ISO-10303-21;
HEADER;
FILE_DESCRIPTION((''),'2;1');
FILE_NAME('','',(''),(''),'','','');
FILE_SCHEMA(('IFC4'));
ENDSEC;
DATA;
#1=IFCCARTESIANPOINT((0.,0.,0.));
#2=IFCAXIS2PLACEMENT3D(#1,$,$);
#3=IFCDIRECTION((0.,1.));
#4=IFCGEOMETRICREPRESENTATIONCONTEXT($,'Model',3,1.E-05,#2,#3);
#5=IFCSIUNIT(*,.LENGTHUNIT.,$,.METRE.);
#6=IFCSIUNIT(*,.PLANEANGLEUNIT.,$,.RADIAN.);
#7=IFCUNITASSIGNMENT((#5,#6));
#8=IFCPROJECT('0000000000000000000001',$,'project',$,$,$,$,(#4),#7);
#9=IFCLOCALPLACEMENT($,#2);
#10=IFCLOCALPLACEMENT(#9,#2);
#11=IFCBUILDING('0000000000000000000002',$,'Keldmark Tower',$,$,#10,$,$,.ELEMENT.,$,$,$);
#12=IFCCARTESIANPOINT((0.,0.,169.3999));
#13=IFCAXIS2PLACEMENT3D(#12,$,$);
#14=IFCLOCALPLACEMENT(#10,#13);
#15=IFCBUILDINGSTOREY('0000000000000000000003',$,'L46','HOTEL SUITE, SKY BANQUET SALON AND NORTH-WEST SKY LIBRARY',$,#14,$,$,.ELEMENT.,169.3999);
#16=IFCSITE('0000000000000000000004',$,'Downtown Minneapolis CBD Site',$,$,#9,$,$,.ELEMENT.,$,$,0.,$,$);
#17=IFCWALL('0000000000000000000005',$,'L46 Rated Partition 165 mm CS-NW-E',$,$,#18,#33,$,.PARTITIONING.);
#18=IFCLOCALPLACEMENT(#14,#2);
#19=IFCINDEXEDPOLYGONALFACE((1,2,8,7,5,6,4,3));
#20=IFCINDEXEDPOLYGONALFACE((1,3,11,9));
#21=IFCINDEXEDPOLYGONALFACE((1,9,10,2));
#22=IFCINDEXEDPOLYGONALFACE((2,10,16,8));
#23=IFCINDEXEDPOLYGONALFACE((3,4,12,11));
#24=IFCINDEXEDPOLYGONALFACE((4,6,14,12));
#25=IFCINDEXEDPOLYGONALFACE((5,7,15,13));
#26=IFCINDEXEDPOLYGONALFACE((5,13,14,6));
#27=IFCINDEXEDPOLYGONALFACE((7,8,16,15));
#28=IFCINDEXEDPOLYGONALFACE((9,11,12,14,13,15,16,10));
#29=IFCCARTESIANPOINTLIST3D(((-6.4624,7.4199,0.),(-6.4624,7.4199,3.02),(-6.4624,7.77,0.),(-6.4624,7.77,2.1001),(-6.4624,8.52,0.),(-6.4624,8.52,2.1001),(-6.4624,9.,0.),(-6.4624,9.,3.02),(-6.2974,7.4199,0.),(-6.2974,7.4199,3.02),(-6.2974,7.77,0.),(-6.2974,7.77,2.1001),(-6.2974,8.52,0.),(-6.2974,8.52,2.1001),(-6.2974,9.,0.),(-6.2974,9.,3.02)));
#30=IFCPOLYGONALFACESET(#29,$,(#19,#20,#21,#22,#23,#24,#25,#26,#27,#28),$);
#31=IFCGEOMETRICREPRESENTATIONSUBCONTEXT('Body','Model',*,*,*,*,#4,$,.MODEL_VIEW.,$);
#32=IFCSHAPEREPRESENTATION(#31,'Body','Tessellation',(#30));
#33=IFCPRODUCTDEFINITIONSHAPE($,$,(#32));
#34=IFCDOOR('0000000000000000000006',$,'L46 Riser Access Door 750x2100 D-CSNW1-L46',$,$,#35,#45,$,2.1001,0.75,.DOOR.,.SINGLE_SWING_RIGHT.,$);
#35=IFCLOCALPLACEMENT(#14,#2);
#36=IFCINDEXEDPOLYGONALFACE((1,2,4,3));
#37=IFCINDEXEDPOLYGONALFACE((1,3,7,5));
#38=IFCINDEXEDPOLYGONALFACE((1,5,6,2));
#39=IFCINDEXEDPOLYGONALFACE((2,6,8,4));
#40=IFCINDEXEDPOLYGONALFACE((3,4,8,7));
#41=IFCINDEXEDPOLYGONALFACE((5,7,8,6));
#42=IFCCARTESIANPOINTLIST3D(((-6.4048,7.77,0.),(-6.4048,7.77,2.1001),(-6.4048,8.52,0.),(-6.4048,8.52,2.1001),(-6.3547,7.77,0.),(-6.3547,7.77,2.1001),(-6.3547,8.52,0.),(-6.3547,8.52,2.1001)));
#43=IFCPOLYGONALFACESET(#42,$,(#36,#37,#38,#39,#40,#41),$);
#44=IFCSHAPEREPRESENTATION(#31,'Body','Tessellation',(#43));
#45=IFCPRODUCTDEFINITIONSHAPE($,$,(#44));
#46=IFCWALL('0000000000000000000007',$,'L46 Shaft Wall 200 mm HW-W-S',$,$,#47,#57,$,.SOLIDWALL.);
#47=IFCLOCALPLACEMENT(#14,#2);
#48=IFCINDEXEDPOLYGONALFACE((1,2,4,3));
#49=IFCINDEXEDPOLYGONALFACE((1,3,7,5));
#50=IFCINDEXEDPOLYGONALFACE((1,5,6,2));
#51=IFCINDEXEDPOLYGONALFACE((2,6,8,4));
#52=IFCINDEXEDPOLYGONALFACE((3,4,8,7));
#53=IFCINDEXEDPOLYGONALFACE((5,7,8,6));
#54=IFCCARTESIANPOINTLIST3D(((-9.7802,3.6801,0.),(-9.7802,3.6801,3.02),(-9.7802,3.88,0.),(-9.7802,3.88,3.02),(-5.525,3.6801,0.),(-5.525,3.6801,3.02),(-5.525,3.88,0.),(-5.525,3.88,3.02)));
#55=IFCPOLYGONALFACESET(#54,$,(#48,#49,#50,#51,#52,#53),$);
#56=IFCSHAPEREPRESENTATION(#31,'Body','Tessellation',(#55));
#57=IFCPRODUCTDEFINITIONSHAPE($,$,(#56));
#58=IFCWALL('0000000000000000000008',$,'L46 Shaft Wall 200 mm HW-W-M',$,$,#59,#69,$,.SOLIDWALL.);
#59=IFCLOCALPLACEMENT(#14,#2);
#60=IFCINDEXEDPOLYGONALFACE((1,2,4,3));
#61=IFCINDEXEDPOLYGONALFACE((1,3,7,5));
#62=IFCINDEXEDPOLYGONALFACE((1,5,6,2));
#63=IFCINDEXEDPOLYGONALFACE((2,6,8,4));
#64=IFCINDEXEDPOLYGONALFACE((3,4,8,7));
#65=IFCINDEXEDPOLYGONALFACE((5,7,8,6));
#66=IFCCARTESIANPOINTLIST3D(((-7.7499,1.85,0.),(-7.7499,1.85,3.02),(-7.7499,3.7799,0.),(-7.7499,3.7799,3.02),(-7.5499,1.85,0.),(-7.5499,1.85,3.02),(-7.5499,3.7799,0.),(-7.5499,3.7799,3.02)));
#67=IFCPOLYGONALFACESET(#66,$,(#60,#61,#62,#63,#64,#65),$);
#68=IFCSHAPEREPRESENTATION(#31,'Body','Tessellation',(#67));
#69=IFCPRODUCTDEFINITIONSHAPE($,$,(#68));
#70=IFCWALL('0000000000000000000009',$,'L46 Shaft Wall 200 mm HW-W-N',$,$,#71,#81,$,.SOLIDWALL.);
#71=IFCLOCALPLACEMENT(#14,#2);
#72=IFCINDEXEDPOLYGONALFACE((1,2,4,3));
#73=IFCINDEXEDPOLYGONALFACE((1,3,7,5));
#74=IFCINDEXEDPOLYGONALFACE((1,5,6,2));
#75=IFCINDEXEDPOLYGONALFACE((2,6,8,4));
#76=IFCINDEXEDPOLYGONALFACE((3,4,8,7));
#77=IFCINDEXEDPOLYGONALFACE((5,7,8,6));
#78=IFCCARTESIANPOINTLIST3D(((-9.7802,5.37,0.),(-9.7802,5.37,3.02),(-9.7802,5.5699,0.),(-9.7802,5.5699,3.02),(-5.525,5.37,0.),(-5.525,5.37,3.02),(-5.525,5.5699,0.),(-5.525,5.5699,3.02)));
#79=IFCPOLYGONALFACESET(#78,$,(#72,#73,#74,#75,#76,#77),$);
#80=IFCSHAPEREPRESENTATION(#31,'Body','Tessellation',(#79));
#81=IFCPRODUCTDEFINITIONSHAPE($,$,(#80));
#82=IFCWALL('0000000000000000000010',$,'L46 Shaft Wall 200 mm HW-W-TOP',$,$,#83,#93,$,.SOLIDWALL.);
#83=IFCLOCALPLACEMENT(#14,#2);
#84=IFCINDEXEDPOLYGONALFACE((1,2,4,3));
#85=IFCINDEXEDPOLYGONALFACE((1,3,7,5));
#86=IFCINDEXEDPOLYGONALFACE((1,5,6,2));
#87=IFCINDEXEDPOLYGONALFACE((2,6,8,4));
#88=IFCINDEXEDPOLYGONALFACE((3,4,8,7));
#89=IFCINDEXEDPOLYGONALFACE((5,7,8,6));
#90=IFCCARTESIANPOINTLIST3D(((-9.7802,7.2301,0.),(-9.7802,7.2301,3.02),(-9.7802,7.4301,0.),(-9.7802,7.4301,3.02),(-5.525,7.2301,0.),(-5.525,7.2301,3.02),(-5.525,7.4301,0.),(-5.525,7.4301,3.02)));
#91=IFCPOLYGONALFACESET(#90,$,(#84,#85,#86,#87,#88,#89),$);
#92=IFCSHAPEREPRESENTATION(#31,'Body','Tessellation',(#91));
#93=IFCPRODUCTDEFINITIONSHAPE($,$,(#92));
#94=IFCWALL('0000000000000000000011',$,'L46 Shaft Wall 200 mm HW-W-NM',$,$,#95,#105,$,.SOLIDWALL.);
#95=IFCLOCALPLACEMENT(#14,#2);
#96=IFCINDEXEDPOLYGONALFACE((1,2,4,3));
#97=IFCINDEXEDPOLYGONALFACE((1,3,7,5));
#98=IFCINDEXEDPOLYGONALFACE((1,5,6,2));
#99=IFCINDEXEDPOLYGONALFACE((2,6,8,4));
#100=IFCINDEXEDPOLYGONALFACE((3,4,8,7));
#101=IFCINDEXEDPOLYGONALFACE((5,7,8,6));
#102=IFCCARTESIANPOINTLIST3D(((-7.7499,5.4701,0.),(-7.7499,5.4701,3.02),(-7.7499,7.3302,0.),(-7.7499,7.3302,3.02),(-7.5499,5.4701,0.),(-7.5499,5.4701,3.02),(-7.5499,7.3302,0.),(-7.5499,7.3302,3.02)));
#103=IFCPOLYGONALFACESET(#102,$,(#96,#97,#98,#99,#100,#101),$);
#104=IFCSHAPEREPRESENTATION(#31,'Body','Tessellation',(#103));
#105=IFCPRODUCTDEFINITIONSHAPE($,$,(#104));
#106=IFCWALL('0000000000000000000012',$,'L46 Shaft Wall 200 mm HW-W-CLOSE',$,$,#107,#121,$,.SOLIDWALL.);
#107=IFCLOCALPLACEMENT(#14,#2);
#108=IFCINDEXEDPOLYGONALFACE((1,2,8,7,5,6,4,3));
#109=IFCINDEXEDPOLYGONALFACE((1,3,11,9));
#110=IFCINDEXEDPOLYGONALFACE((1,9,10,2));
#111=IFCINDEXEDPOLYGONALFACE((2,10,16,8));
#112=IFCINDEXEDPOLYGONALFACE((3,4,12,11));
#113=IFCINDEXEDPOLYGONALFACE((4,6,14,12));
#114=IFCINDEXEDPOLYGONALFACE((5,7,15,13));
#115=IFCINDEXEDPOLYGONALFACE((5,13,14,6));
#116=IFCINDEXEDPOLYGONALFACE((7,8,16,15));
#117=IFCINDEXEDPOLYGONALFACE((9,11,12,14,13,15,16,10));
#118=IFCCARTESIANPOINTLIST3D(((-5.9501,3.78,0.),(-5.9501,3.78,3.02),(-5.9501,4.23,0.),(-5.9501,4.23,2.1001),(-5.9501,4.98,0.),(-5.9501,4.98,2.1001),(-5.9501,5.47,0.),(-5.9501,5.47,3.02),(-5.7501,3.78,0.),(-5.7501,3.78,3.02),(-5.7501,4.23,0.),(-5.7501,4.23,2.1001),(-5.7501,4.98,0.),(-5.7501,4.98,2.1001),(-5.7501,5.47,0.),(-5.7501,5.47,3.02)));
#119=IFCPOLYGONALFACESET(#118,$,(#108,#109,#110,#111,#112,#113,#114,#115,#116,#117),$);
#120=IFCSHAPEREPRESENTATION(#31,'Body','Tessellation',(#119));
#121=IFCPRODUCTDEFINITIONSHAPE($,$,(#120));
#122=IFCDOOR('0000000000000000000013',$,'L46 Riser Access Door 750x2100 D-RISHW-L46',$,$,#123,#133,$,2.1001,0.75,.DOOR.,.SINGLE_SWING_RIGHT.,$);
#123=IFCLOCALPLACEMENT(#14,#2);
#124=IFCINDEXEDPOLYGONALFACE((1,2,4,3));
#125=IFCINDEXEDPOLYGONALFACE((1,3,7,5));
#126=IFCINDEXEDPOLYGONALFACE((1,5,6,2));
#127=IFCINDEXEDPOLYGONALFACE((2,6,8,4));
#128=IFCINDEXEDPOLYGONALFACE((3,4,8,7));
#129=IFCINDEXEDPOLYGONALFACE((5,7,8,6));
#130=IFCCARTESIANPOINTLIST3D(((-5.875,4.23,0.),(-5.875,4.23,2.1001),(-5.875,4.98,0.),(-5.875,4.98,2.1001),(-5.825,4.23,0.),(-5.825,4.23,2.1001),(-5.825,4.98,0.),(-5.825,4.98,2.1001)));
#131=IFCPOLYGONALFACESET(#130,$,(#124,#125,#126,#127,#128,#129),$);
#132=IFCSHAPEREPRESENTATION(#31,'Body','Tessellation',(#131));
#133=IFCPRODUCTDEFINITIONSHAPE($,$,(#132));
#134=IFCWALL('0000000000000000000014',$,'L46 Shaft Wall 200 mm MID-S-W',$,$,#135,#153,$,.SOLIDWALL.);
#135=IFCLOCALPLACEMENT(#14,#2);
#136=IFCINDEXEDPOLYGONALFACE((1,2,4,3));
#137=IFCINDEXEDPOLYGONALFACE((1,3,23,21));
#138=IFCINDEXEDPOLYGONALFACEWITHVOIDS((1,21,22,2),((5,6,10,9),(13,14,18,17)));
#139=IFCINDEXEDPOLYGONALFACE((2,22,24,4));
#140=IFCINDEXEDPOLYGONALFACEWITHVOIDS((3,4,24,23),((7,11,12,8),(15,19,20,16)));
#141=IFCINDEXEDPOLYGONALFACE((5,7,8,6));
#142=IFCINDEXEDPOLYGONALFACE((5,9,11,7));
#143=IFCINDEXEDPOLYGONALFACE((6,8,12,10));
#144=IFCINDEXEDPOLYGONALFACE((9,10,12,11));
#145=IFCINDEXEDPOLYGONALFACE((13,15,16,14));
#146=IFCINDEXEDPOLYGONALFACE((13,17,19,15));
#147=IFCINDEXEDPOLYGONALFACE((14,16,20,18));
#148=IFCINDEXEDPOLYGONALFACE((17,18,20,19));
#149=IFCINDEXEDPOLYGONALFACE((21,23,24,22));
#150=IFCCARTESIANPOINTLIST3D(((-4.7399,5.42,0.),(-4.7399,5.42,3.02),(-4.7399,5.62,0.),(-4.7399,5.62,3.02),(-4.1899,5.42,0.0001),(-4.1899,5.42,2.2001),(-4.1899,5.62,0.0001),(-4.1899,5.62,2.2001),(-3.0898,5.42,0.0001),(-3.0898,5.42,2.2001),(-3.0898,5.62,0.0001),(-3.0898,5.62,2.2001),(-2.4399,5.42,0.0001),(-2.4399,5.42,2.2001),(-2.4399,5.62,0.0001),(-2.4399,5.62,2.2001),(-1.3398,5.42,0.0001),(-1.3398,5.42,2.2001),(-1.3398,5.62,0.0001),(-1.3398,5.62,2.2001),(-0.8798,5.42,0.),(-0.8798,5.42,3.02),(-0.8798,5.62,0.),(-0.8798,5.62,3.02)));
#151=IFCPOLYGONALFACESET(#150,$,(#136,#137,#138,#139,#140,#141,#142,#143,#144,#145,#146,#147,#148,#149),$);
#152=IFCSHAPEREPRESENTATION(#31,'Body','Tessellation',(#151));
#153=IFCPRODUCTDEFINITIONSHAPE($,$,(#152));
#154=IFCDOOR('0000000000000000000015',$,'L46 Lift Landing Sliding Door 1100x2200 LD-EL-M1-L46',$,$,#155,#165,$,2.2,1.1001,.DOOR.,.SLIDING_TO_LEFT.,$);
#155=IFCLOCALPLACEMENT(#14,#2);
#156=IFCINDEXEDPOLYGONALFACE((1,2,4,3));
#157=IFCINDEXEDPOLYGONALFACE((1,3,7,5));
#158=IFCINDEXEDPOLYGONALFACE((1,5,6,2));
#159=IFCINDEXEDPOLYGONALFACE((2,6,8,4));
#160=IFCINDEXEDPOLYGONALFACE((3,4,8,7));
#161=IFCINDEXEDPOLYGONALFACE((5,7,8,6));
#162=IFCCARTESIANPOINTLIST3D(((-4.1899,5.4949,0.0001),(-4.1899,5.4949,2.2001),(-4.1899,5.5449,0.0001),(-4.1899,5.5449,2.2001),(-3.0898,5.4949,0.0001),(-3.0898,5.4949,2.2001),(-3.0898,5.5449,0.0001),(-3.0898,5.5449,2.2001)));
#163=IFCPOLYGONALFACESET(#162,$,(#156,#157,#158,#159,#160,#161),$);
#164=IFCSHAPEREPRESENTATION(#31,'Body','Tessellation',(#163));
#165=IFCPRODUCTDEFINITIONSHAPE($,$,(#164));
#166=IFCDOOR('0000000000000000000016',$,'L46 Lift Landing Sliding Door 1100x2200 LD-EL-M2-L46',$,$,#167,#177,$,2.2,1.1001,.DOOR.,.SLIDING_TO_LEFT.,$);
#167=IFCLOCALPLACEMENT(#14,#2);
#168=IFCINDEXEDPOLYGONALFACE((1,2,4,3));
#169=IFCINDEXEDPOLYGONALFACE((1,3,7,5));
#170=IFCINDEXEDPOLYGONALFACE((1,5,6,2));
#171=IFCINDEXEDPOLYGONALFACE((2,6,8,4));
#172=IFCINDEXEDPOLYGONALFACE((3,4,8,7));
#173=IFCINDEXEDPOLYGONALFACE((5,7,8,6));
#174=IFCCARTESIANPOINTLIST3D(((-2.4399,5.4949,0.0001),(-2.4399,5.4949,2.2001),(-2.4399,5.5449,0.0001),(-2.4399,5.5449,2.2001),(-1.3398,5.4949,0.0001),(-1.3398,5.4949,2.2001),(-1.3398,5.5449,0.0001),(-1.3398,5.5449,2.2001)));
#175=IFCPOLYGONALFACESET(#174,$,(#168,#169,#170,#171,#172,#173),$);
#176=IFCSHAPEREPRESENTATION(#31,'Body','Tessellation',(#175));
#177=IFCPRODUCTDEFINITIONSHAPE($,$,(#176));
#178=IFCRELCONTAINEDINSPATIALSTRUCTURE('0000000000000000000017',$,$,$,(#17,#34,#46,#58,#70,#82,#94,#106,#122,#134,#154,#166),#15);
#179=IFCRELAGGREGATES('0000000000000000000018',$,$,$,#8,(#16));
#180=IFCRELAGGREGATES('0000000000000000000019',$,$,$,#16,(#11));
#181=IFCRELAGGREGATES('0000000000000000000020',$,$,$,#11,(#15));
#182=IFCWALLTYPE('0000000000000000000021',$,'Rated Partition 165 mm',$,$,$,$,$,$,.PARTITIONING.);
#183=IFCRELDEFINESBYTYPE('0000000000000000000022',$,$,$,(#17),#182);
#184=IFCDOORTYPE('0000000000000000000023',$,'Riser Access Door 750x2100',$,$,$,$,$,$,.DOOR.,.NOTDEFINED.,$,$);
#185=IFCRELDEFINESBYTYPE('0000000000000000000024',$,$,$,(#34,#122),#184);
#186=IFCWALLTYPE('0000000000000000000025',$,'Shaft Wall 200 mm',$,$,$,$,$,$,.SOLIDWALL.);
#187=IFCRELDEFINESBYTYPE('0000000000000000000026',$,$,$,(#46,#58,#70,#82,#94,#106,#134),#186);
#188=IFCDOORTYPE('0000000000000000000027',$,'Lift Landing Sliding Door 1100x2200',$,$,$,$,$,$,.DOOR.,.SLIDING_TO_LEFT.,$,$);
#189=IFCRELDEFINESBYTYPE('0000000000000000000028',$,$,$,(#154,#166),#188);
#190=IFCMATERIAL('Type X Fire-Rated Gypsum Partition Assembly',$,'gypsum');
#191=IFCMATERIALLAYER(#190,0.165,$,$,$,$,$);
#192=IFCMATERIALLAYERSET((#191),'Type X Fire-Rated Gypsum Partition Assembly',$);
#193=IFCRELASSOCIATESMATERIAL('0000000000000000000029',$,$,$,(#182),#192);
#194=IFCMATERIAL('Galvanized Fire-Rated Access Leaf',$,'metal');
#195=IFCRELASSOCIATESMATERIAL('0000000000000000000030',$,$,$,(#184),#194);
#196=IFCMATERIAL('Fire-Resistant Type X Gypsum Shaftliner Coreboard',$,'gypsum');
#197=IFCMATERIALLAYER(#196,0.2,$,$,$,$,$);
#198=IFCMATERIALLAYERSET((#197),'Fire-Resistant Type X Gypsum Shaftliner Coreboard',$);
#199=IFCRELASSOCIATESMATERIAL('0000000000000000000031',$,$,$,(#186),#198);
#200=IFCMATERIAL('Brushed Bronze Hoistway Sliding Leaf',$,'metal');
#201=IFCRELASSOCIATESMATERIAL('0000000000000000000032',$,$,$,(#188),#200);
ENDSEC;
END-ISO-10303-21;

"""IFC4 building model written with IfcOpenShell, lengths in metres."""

from ifc_helpers import new_model, si_unit, direction, frame, frame_2d, origin, place, context, subcontext, project, spatial, rectangle, extrude, material, layer, layer_set, type_object, element, fill, save


model = new_model("IFC4")

# Units and contexts
model_context = context("Model", 3, precision=1e-05, world=origin(), true_north=direction((0.0, 1.0)))
body_context = subcontext(model_context, "Body", "Model", "MODEL_VIEW")
ifc_project = project(units=[si_unit("LENGTHUNIT", "METRE"), si_unit("PLANEANGLEUNIT", "RADIAN")], contexts=[model_context])

# Site, building, storey
site_placement = place(None, origin())
site = spatial("IfcSite", under=ifc_project, at=site_placement, Name="Downtown Minneapolis CBD Site", CompositionType="ELEMENT", RefElevation=0.0)
building_placement = place(site_placement, origin())
building = spatial("IfcBuilding", under=site, at=building_placement, Name="Keldmark Tower", CompositionType="ELEMENT")
storey_placement = place(building_placement, frame((0.0, 0.0, 169.3999)))
storey = spatial("IfcBuildingStorey", under=building, at=storey_placement, Name="L46", Description="HOTEL SUITE, SKY BANQUET SALON AND NORTH-WEST SKY LIBRARY", CompositionType="ELEMENT", Elevation=169.3999)

# Shared definitions
ifc_material_1 = material(Name="Type X Fire-Rated Gypsum Partition Assembly", Category="gypsum")
ifc_layer_1 = layer(ifc_material_1, 0.165)
ifc_layer_set_1 = layer_set([ifc_layer_1], Name="Type X Fire-Rated Gypsum Partition Assembly")
wall_type_1 = type_object("IfcWallType", Name="Rated Partition 165 mm", PredefinedType="PARTITIONING", material=ifc_layer_set_1)

# Wall, opening, door
wall_1_placement = place(storey_placement, frame((-6.3799, 7.4199, 0.0), z_axis=(0.0, 0.0, 1.0), x_axis=(0.0, 1.0, 0.0)))
wall_1 = element("IfcWall", 1, at=wall_1_placement, inside=storey, type_object=wall_type_1, Name="L46 Rated Partition 165 mm CS-NW-E", PredefinedType="PARTITIONING", context=body_context, shape_type="SweptSolid", body=[
    extrude(rectangle(XDim=1.5801, YDim=0.165, at=frame_2d((0.79, 0.0))), origin(), (0.0, 0.0, 1.0), 3.02),
])
opening_1_placement = place(wall_1_placement, frame((0.3501, 0.0, 0.0)))
opening_1 = element("IfcOpeningElement", 2, at=opening_1_placement, cuts=wall_1, PredefinedType="OPENING", context=body_context, shape_type="SweptSolid", body=[
    extrude(rectangle(XDim=0.75, YDim=2.1001, at=frame_2d((0.375, 1.05))), frame((0.0, 0.0925, 0.0), z_axis=(0.0, -1.0, 0.0), x_axis=(1.0, 0.0, 0.0)), (0.0, 0.0, 1.0), 0.1851),
])
ifc_material_2 = material(Name="Galvanized Fire-Rated Access Leaf", Category="metal")
door_type_1 = type_object("IfcDoorType", Name="Riser Access Door 750x2100", OperationType="NOTDEFINED", PredefinedType="DOOR", material=ifc_material_2)
door_1_placement = place(opening_1_placement, origin())
door_1 = element("IfcDoor", 3, at=door_1_placement, inside=storey, type_object=door_type_1, Name="L46 Riser Access Door 750x2100 D-CSNW1-L46", OperationType="SINGLE_SWING_RIGHT", OverallHeight=2.1001, OverallWidth=0.75, PredefinedType="DOOR", context=body_context, shape_type="SweptSolid", body=[
    extrude(rectangle(XDim=0.75, YDim=2.1001, at=frame_2d((0.375, 1.05))), frame((0.0, 0.0249, 0.0), z_axis=(0.0, -1.0, 0.0), x_axis=(1.0, 0.0, 0.0)), (0.0, 0.0, 1.0), 0.05),
])
fill(opening_1, door_1)

# Walls
ifc_material_3 = material(Name="Fire-Resistant Type X Gypsum Shaftliner Coreboard", Category="gypsum")
ifc_layer_2 = layer(ifc_material_3, 0.2)
ifc_layer_set_2 = layer_set([ifc_layer_2], Name="Fire-Resistant Type X Gypsum Shaftliner Coreboard")
wall_type_2 = type_object("IfcWallType", Name="Shaft Wall 200 mm", PredefinedType="SOLIDWALL", material=ifc_layer_set_2)
wall_2_placement = place(storey_placement, frame((-9.78, 3.78, 0.0), z_axis=(0.0, 0.0, 1.0), x_axis=(1.0, 0.0, 0.0)))
element("IfcWall", 4, at=wall_2_placement, inside=storey, type_object=wall_type_2, Name="L46 Shaft Wall 200 mm HW-W-S", PredefinedType="SOLIDWALL", context=body_context, shape_type="SweptSolid", body=[
    extrude(rectangle(XDim=4.2551, YDim=0.2, at=frame_2d((2.1274, 0.0))), origin(), (0.0, 0.0, 1.0), 3.02),
])
wall_3_placement = place(storey_placement, frame((-7.6499, 1.8501, 0.0), z_axis=(0.0, 0.0, 1.0), x_axis=(0.0, 1.0, 0.0)))
element("IfcWall", 5, at=wall_3_placement, inside=storey, type_object=wall_type_2, Name="L46 Shaft Wall 200 mm HW-W-M", PredefinedType="SOLIDWALL", context=body_context, shape_type="SweptSolid", body=[
    extrude(rectangle(XDim=1.9299, YDim=0.2, at=frame_2d((0.9648, 0.0))), origin(), (0.0, 0.0, 1.0), 3.02),
])
for number, where, z_axis, x_axis, name in (
    (6, (-9.78, 5.47, 0.0), (0.0, 0.0, 1.0), (1.0, 0.0, 0.0), "L46 Shaft Wall 200 mm HW-W-N"),
    (7, (-9.78, 7.3301, 0.0), (0.0, 0.0, 1.0), (1.0, 0.0, 0.0), "L46 Shaft Wall 200 mm HW-W-TOP"),
):
    element("IfcWall", number, at=place(storey_placement, frame(where, z_axis=z_axis, x_axis=x_axis)), inside=storey, type_object=wall_type_2, Name=name, PredefinedType="SOLIDWALL", context=body_context, shape_type="SweptSolid", body=[
        extrude(rectangle(XDim=4.2551, YDim=0.2, at=frame_2d((2.1274, 0.0))), origin(), (0.0, 0.0, 1.0), 3.02),
    ])
wall_4_placement = place(storey_placement, frame((-7.6499, 5.47, 0.0), z_axis=(0.0, 0.0, 1.0), x_axis=(0.0, 1.0, 0.0)))
element("IfcWall", 8, at=wall_4_placement, inside=storey, type_object=wall_type_2, Name="L46 Shaft Wall 200 mm HW-W-NM", PredefinedType="SOLIDWALL", context=body_context, shape_type="SweptSolid", body=[
    extrude(rectangle(XDim=1.8601, YDim=0.2, at=frame_2d((0.9302, 0.0))), origin(), (0.0, 0.0, 1.0), 3.02),
])

# Wall, opening, door
wall_5_placement = place(storey_placement, frame((-5.8501, 3.78, 0.0), z_axis=(0.0, 0.0, 1.0), x_axis=(0.0, 1.0, 0.0)))
wall_5 = element("IfcWall", 9, at=wall_5_placement, inside=storey, type_object=wall_type_2, Name="L46 Shaft Wall 200 mm HW-W-CLOSE", PredefinedType="SOLIDWALL", context=body_context, shape_type="SweptSolid", body=[
    extrude(rectangle(XDim=1.6899, YDim=0.2, at=frame_2d((0.845, 0.0))), origin(), (0.0, 0.0, 1.0), 3.02),
])
opening_2_placement = place(wall_5_placement, frame((0.45, 0.0, 0.0)))
opening_2 = element("IfcOpeningElement", 10, at=opening_2_placement, cuts=wall_5, PredefinedType="OPENING", context=body_context, shape_type="SweptSolid", body=[
    extrude(rectangle(XDim=0.75, YDim=2.1001, at=frame_2d((0.375, 1.05))), frame((0.0, 0.1099, 0.0), z_axis=(0.0, -1.0, 0.0), x_axis=(1.0, 0.0, 0.0)), (0.0, 0.0, 1.0), 0.22),
])
door_2_placement = place(opening_2_placement, origin())
door_2 = element("IfcDoor", 11, at=door_2_placement, inside=storey, type_object=door_type_1, Name="L46 Riser Access Door 750x2100 D-RISHW-L46", OperationType="SINGLE_SWING_RIGHT", OverallHeight=2.1001, OverallWidth=0.75, PredefinedType="DOOR", context=body_context, shape_type="SweptSolid", body=[
    extrude(rectangle(XDim=0.75, YDim=2.1001, at=frame_2d((0.375, 1.05))), frame((0.0, 0.0249, 0.0), z_axis=(0.0, -1.0, 0.0), x_axis=(1.0, 0.0, 0.0)), (0.0, 0.0, 1.0), 0.05),
])
fill(opening_2, door_2)

# Wall, openings, doors
wall_6_placement = place(storey_placement, frame((-4.74, 5.52, 0.0), z_axis=(0.0, 0.0, 1.0), x_axis=(1.0, 0.0, 0.0)))
wall_6 = element("IfcWall", 12, at=wall_6_placement, inside=storey, type_object=wall_type_2, Name="L46 Shaft Wall 200 mm MID-S-W", PredefinedType="SOLIDWALL", context=body_context, shape_type="SweptSolid", body=[
    extrude(rectangle(XDim=3.8601, YDim=0.2, at=frame_2d((1.9302, 0.0))), origin(), (0.0, 0.0, 1.0), 3.02),
])
opening_3_placement = place(wall_6_placement, frame((0.55, 0.0, 0.0)))
opening_3 = element("IfcOpeningElement", 13, at=opening_3_placement, cuts=wall_6, PredefinedType="OPENING", context=body_context, shape_type="SweptSolid", body=[
    extrude(rectangle(XDim=1.1001, YDim=2.2, at=frame_2d((0.55, 1.1001))), frame((0.0, 0.1099, 0.0), z_axis=(0.0, -1.0, 0.0), x_axis=(1.0, 0.0, 0.0)), (0.0, 0.0, 1.0), 0.22),
])
opening_4_placement = place(wall_6_placement, frame((2.3, 0.0, 0.0)))
opening_4 = element("IfcOpeningElement", 14, at=opening_4_placement, cuts=wall_6, PredefinedType="OPENING", context=body_context, shape_type="SweptSolid", body=[
    extrude(rectangle(XDim=1.1001, YDim=2.2, at=frame_2d((0.55, 1.1001))), frame((0.0, 0.1099, 0.0), z_axis=(0.0, -1.0, 0.0), x_axis=(1.0, 0.0, 0.0)), (0.0, 0.0, 1.0), 0.22),
])
ifc_material_4 = material(Name="Brushed Bronze Hoistway Sliding Leaf", Category="metal")
door_type_2 = type_object("IfcDoorType", Name="Lift Landing Sliding Door 1100x2200", OperationType="SLIDING_TO_LEFT", PredefinedType="DOOR", material=ifc_material_4)
door_3_placement = place(opening_3_placement, origin())
door_3 = element("IfcDoor", 15, at=door_3_placement, inside=storey, type_object=door_type_2, Name="L46 Lift Landing Sliding Door 1100x2200 LD-EL-M1-L46", OperationType="SLIDING_TO_LEFT", OverallHeight=2.2, OverallWidth=1.1001, PredefinedType="DOOR", context=body_context, shape_type="SweptSolid", body=[
    extrude(rectangle(XDim=1.1001, YDim=2.2, at=frame_2d((0.55, 1.1001))), frame((0.0, 0.0249, 0.0), z_axis=(0.0, -1.0, 0.0), x_axis=(1.0, 0.0, 0.0)), (0.0, 0.0, 1.0), 0.05),
])
fill(opening_3, door_3)
door_4_placement = place(opening_4_placement, origin())
door_4 = element("IfcDoor", 16, at=door_4_placement, inside=storey, type_object=door_type_2, Name="L46 Lift Landing Sliding Door 1100x2200 LD-EL-M2-L46", OperationType="SLIDING_TO_LEFT", OverallHeight=2.2, OverallWidth=1.1001, PredefinedType="DOOR", context=body_context, shape_type="SweptSolid", body=[
    extrude(rectangle(XDim=1.1001, YDim=2.2, at=frame_2d((0.55, 1.1001))), frame((0.0, 0.0249, 0.0), z_axis=(0.0, -1.0, 0.0), x_axis=(1.0, 0.0, 0.0)), (0.0, 0.0, 1.0), 0.05),
])
fill(opening_4, door_4)

save(model, "model.ifc")
